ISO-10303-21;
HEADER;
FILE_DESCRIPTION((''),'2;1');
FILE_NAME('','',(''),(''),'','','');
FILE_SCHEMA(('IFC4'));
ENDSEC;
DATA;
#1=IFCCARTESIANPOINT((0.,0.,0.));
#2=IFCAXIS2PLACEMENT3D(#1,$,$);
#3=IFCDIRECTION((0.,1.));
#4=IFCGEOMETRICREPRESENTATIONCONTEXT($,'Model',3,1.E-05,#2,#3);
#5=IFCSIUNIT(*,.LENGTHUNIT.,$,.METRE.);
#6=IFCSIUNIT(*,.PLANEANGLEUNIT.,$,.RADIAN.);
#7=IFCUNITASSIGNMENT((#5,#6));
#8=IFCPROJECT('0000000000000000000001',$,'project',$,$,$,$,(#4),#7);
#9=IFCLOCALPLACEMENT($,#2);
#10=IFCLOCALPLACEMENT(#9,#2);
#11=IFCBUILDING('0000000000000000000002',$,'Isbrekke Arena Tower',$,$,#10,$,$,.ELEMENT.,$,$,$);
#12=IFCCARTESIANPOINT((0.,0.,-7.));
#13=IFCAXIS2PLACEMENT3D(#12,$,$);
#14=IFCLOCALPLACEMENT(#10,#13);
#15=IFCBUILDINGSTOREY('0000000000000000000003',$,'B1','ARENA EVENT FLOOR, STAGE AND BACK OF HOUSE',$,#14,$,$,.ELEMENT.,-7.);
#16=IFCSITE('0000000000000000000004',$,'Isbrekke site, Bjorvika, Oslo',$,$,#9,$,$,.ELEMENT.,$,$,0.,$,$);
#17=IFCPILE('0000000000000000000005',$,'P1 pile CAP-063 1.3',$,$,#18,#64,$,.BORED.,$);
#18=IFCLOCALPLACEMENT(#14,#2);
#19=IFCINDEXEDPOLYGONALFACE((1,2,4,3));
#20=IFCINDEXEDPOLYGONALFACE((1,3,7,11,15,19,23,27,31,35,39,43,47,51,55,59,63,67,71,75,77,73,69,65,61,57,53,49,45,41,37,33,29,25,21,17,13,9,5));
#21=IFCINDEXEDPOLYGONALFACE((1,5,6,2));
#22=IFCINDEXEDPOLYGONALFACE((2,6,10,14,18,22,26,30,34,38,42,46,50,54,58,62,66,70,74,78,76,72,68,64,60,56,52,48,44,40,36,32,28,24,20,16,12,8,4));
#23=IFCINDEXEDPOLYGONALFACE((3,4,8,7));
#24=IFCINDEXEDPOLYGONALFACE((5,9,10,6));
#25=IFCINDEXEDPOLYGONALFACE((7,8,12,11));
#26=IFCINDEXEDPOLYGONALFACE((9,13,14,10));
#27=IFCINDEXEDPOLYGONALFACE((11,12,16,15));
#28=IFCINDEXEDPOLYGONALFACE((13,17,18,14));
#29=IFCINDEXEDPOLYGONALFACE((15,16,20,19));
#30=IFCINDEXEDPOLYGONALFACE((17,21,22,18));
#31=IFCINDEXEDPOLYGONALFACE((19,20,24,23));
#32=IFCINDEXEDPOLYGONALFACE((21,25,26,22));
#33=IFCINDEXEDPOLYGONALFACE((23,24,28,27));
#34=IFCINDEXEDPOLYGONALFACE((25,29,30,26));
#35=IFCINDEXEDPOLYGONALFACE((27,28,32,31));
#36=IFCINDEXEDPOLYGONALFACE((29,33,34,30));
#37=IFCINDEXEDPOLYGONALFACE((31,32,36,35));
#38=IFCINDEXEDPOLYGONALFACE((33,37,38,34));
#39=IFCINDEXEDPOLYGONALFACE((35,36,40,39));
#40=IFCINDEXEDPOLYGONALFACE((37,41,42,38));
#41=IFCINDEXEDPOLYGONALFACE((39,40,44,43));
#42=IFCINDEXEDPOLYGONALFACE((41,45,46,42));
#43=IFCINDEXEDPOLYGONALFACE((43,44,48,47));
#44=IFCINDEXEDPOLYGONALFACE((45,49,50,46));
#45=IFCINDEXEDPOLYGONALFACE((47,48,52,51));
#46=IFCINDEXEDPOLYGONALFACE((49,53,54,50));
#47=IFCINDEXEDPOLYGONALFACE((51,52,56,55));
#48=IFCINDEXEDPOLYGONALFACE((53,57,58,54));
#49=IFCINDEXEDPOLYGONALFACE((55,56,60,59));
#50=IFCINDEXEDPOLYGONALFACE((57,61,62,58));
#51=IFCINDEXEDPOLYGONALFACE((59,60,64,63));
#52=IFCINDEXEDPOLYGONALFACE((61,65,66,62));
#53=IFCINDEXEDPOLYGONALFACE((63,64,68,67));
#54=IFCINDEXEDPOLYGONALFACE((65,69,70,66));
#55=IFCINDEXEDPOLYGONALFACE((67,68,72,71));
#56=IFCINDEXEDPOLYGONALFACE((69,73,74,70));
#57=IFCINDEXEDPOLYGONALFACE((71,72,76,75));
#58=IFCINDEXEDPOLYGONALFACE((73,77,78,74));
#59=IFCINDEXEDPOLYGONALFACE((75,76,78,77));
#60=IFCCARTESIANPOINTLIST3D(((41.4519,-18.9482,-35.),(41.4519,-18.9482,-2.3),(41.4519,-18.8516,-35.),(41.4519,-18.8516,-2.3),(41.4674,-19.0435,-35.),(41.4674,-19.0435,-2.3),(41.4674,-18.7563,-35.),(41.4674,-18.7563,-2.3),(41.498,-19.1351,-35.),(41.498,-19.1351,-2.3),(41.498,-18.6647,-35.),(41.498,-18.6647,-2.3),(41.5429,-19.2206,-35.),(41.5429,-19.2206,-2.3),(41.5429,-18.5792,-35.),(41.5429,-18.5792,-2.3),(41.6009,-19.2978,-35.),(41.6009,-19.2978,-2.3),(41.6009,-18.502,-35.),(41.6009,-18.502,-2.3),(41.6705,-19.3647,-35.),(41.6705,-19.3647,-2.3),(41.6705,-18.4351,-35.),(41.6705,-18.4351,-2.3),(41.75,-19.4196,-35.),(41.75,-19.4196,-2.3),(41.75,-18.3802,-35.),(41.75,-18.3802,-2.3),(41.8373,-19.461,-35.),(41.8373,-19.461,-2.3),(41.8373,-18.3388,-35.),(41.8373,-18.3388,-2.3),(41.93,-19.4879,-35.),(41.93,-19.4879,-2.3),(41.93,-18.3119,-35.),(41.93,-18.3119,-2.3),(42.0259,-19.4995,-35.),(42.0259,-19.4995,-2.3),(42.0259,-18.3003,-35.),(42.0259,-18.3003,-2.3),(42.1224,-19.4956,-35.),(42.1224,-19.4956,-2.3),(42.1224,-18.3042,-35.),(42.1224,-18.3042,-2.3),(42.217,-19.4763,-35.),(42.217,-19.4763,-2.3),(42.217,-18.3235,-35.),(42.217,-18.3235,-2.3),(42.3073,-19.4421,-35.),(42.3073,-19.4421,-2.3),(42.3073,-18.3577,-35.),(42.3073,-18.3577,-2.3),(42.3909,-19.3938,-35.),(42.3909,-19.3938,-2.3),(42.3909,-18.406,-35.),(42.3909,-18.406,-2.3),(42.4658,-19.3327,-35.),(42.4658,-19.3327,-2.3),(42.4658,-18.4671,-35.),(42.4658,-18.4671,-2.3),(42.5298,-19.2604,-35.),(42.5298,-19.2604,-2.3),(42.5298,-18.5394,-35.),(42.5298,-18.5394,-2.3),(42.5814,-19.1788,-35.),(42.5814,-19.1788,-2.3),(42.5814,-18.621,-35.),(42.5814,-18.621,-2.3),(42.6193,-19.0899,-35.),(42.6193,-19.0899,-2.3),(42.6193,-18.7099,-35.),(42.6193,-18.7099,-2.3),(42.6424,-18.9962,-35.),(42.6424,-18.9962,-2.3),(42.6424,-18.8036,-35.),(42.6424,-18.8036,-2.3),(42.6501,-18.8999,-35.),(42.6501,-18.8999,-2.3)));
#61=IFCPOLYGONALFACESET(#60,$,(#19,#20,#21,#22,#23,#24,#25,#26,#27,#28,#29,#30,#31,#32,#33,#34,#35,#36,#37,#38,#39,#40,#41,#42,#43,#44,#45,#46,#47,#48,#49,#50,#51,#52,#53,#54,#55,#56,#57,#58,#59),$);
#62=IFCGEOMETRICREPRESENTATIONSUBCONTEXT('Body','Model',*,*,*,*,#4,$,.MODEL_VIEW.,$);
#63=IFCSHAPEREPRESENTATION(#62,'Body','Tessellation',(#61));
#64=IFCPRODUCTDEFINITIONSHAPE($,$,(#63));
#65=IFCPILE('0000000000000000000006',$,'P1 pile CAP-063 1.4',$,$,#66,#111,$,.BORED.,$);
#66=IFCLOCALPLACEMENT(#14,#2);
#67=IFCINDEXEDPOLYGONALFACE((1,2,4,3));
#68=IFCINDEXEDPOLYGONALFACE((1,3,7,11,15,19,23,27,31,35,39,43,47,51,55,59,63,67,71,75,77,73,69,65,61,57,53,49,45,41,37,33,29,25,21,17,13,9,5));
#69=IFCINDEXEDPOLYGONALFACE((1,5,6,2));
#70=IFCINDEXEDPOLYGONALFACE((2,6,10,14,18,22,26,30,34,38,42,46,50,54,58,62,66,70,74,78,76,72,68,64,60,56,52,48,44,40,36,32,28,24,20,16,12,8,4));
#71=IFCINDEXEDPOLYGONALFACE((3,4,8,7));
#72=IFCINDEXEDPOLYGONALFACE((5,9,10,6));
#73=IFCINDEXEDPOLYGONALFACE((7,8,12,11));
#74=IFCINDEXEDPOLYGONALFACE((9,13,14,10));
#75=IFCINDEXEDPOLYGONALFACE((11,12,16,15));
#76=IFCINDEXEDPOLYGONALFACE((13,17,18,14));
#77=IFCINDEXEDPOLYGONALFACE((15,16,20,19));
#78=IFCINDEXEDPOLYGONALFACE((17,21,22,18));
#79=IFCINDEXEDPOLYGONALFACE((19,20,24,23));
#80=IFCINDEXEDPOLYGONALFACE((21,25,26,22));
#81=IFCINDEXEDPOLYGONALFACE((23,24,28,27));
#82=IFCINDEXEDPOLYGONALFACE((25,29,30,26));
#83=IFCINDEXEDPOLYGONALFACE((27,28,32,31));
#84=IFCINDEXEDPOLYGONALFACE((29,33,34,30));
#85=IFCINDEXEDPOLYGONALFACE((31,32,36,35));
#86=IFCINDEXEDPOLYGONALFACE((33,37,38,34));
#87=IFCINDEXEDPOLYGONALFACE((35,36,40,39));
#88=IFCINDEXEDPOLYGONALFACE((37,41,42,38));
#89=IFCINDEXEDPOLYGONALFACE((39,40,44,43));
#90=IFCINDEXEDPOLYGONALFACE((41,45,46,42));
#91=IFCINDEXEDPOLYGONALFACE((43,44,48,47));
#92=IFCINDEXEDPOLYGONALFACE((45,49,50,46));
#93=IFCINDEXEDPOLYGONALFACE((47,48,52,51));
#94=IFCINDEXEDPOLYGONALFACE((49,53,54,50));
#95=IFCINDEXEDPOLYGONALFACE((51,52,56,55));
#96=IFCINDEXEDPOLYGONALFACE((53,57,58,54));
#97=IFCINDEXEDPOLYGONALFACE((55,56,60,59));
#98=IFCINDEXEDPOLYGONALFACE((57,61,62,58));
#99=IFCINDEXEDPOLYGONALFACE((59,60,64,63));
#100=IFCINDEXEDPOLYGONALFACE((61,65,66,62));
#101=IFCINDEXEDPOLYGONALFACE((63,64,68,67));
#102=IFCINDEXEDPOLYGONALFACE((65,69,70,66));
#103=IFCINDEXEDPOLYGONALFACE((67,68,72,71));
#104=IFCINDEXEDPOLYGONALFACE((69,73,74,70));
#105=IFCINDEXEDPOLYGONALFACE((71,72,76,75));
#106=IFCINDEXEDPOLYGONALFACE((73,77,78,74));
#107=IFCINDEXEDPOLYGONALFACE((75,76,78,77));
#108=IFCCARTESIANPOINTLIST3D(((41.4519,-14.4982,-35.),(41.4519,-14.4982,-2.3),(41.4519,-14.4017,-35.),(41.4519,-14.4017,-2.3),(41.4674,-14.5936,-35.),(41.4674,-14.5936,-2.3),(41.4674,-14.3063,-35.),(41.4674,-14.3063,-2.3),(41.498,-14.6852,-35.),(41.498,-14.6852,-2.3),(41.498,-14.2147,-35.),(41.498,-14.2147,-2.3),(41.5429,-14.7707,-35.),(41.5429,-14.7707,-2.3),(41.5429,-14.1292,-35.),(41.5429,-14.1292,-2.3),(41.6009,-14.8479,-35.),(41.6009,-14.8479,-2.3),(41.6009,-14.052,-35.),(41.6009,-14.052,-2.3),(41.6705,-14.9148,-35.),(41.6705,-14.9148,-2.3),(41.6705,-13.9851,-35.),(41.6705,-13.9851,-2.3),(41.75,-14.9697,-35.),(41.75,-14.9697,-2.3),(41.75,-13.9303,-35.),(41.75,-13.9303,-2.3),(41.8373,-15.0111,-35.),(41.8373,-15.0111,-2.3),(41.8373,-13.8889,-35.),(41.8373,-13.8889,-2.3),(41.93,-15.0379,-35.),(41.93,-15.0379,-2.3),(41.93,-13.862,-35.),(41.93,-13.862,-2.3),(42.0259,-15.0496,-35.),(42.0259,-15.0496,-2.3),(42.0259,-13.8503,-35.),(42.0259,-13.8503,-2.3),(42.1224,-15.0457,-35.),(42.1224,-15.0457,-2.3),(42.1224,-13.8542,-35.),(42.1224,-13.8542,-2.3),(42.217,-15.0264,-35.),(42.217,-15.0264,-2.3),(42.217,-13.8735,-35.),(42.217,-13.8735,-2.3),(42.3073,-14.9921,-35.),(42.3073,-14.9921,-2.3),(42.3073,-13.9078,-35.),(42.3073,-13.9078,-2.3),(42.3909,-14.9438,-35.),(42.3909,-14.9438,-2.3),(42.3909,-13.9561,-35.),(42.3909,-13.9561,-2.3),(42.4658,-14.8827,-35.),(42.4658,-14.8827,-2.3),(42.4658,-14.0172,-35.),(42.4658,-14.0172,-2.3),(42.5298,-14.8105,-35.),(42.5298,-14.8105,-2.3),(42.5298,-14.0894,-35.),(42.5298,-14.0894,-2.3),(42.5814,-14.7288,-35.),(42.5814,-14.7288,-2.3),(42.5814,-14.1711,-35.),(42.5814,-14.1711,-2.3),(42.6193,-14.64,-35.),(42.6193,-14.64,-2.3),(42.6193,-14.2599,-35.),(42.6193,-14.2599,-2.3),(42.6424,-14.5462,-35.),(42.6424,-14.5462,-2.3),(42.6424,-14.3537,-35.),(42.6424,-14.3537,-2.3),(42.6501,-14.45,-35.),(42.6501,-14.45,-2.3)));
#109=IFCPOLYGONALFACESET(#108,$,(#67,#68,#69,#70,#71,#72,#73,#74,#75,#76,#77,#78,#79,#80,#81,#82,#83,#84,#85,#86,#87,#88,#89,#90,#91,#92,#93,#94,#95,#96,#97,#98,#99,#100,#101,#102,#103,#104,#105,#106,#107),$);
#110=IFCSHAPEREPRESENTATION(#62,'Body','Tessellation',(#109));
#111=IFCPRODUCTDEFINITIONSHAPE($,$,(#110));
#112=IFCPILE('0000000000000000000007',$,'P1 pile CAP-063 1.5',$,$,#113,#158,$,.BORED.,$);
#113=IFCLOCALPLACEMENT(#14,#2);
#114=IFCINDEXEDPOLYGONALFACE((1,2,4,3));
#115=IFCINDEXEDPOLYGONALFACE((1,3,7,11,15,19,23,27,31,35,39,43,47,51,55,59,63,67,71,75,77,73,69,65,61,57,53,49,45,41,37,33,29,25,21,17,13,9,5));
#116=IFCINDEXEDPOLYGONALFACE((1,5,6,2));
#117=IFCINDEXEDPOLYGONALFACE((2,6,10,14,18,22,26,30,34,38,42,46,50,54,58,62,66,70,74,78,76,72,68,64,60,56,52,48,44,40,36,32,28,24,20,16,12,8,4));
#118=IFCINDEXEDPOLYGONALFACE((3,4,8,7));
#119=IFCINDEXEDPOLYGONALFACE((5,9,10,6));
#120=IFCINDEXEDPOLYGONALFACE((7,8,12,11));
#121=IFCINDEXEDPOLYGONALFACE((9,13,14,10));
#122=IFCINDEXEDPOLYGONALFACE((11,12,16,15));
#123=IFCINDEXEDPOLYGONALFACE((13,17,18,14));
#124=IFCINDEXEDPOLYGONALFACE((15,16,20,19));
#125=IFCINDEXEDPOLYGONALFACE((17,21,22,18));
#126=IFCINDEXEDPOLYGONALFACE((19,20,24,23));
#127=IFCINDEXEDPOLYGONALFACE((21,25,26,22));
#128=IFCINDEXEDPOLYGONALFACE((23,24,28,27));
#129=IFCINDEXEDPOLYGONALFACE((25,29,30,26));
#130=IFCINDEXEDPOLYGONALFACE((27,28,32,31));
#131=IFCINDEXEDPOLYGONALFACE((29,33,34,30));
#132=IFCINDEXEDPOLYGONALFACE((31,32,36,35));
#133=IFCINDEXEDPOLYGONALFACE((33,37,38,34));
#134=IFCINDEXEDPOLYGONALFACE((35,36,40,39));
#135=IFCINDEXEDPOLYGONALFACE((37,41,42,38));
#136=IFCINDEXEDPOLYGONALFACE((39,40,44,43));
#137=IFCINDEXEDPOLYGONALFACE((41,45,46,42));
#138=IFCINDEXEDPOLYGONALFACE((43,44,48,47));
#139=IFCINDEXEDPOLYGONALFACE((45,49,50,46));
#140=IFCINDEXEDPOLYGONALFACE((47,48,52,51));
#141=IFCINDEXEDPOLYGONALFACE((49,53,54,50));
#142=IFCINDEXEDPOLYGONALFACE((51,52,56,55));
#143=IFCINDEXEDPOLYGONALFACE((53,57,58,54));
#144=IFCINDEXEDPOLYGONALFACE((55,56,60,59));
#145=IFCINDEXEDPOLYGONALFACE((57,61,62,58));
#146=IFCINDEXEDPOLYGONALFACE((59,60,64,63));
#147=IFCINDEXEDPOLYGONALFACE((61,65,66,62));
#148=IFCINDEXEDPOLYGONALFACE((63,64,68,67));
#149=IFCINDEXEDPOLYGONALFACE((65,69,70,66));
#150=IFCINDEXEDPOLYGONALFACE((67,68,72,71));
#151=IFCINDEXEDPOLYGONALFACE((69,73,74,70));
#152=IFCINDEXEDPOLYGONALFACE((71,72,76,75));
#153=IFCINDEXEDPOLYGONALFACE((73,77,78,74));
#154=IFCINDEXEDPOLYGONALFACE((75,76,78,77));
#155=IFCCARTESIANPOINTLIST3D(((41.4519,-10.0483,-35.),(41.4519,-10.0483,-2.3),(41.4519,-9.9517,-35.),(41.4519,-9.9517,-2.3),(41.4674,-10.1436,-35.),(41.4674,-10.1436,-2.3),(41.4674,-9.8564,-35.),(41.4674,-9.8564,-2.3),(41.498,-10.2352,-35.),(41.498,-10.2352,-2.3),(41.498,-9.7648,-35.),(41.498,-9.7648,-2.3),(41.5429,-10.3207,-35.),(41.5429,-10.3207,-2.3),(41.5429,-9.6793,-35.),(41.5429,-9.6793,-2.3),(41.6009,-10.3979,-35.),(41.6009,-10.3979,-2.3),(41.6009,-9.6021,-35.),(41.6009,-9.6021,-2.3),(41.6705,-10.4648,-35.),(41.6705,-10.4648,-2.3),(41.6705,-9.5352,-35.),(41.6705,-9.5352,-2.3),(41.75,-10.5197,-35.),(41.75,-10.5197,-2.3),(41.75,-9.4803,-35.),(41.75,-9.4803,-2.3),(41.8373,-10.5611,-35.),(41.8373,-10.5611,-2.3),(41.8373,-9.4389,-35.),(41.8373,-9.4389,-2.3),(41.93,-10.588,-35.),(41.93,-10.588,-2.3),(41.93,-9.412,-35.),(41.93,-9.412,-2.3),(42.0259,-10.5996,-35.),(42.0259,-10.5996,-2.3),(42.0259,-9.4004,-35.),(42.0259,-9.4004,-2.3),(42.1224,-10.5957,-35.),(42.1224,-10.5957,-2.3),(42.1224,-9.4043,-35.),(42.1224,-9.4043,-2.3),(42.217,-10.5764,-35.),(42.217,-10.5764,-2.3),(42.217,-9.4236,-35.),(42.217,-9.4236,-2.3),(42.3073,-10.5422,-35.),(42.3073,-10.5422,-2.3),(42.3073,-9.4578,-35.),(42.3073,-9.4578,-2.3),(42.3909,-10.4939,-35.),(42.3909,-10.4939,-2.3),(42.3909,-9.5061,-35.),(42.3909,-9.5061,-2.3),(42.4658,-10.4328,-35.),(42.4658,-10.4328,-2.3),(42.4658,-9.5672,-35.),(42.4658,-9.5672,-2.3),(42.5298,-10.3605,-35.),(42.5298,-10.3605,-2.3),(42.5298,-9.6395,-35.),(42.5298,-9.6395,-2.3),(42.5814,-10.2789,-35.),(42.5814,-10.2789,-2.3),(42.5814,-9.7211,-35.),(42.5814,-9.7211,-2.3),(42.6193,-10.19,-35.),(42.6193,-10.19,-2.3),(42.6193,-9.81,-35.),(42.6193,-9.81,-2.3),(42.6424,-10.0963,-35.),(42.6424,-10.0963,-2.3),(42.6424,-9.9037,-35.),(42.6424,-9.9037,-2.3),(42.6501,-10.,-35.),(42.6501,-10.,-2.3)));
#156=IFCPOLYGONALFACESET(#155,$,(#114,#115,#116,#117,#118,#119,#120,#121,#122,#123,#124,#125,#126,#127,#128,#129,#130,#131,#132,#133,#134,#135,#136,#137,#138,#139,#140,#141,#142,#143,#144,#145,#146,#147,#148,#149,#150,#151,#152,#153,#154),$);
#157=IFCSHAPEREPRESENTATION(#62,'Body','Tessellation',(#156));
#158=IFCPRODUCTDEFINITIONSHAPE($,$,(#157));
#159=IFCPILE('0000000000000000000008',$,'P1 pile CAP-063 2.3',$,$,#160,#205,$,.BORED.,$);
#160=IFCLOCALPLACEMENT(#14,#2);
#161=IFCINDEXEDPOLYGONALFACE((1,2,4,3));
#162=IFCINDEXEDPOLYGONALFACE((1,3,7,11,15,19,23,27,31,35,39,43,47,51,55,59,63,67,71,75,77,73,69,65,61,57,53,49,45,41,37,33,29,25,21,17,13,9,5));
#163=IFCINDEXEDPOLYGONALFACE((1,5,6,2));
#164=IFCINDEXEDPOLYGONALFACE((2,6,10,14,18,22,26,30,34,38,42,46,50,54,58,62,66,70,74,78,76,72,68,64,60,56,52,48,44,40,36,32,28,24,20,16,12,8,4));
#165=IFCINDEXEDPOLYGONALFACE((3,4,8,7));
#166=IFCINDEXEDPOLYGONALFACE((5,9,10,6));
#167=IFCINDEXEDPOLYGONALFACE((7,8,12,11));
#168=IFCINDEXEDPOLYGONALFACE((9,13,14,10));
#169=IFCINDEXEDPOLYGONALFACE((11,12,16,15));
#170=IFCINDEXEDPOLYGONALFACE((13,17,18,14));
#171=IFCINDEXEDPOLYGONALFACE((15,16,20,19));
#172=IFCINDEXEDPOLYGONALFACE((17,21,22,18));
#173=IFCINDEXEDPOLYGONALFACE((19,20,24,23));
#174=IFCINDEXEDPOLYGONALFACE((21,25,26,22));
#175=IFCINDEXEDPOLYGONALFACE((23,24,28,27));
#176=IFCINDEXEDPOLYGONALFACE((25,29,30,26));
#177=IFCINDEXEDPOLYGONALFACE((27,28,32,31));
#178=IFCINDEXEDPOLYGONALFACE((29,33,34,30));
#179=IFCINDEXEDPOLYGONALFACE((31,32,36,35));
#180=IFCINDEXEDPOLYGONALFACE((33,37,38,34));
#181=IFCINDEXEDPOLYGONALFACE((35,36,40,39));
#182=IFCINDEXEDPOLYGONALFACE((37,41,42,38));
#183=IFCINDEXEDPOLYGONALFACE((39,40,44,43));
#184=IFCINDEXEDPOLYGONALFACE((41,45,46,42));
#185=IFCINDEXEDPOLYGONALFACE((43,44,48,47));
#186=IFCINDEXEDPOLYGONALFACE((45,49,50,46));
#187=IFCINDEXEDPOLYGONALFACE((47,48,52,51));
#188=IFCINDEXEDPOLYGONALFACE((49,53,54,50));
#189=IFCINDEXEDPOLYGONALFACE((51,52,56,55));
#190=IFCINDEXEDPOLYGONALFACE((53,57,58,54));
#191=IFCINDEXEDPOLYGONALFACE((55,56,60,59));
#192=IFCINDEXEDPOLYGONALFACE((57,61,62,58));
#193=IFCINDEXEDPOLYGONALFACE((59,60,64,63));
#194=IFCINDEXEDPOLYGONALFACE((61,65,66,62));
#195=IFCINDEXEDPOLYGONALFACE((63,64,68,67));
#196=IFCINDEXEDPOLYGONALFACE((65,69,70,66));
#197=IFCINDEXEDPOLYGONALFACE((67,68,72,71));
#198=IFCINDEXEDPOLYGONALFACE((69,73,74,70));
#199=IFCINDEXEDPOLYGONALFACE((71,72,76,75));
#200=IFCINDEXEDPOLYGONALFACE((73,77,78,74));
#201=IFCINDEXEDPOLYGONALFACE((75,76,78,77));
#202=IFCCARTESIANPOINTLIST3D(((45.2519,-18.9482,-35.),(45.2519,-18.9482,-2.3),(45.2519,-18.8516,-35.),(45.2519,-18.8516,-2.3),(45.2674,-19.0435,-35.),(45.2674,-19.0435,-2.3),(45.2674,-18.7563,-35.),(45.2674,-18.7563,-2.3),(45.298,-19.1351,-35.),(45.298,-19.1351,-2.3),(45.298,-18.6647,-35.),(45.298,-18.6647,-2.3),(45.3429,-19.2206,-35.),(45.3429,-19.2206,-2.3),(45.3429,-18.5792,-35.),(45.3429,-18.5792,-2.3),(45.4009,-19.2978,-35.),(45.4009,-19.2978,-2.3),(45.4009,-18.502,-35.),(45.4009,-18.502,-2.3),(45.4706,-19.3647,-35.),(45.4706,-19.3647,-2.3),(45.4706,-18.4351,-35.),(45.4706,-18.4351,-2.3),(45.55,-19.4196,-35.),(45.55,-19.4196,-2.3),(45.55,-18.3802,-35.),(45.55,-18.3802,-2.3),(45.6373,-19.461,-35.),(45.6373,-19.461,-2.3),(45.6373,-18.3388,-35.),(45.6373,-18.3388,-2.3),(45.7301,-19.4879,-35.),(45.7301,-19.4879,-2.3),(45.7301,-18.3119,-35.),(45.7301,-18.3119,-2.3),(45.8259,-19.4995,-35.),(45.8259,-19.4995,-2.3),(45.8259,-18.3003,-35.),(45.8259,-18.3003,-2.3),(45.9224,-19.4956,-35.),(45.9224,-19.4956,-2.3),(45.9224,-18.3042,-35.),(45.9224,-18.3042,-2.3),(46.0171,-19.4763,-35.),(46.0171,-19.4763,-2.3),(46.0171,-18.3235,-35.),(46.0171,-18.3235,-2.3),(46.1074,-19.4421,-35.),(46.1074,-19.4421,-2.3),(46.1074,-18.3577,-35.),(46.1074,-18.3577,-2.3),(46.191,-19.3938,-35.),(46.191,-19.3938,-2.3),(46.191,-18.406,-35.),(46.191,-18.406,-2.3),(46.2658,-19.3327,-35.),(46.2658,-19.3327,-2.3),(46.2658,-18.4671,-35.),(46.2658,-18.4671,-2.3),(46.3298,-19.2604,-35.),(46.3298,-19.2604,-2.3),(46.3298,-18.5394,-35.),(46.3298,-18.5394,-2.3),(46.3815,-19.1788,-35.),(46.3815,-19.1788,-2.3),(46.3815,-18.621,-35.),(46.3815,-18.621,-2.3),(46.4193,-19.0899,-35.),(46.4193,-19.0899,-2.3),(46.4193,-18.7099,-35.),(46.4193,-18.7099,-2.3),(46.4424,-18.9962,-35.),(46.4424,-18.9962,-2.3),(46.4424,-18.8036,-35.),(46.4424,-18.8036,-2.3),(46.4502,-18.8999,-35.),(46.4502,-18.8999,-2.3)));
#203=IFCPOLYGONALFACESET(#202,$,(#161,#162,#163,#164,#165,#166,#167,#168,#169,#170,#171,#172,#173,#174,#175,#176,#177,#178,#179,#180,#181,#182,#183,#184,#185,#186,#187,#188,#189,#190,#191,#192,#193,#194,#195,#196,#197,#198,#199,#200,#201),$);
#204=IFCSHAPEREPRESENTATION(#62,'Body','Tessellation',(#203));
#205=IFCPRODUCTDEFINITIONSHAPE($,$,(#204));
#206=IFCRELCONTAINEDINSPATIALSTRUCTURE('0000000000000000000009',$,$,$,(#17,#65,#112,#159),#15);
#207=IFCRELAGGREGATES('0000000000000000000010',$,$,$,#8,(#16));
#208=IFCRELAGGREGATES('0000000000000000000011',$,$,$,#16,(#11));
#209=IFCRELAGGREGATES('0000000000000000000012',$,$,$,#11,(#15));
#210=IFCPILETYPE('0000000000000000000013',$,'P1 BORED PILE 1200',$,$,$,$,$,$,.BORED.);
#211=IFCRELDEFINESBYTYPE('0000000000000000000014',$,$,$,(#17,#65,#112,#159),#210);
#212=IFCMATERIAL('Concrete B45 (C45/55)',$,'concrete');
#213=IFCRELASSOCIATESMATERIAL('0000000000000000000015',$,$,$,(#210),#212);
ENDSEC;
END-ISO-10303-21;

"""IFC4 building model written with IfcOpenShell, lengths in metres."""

from ifc_helpers import new_model, si_unit, direction, frame, origin, origin_2d, place, context, subcontext, project, spatial, circle, extrude, material, material_profile, profile_set, type_object, element, save


model = new_model("IFC4")

# Units and contexts
model_context = context("Model", 3, precision=1e-05, world=origin(), true_north=direction((0.0, 1.0)))
body_context = subcontext(model_context, "Body", "Model", "MODEL_VIEW")
ifc_project = project(units=[si_unit("LENGTHUNIT", "METRE"), si_unit("PLANEANGLEUNIT", "RADIAN")], contexts=[model_context])

# Site, building, storey
site_placement = place(None, origin())
site = spatial("IfcSite", under=ifc_project, at=site_placement, Name="Isbrekke site, Bjorvika, Oslo", CompositionType="ELEMENT", RefElevation=0.0)
building_placement = place(site_placement, origin())
building = spatial("IfcBuilding", under=site, at=building_placement, Name="Isbrekke Arena Tower", CompositionType="ELEMENT")
storey_placement = place(building_placement, frame((0.0, 0.0, -7.0)))
storey = spatial("IfcBuildingStorey", under=building, at=storey_placement, Name="B1", Description="ARENA EVENT FLOOR, STAGE AND BACK OF HOUSE", CompositionType="ELEMENT", Elevation=-7.0)

# Piles
ifc_material_1 = material(Name="Concrete B45 (C45/55)", Category="concrete")
ifc_material_profile_1 = material_profile(ifc_material_1, circle(Radius=0.6001, at=origin_2d()), Name="BORED PILE D1200")
ifc_profile_set_1 = profile_set([ifc_material_profile_1], Name="Concrete B45 (C45/55)")
pile_type = type_object("IfcPileType", Name="P1 BORED PILE 1200", PredefinedType="BORED", material=ifc_profile_set_1)
for number, where, z_axis, x_axis, name in (
    (1, (42.05, -18.8999, -2.3), (0.0, 0.0, -1.0), (1.0, 0.0, 0.0), "P1 pile CAP-063 1.3"),
    (2, (42.05, -14.45, -2.3), (0.0, 0.0, -1.0), (1.0, 0.0, 0.0), "P1 pile CAP-063 1.4"),
    (3, (42.05, -10.0, -2.3), (0.0, 0.0, -1.0), (1.0, 0.0, 0.0), "P1 pile CAP-063 1.5"),
    (4, (45.8501, -18.8999, -2.3), (0.0, 0.0, -1.0), (1.0, 0.0, 0.0), "P1 pile CAP-063 2.3"),
):
    element("IfcPile", number, at=place(storey_placement, frame(where, z_axis=z_axis, x_axis=x_axis)), inside=storey, type_object=pile_type, Name=name, PredefinedType="BORED", context=body_context, shape_type="SweptSolid", body=[
        extrude(circle(Radius=0.6001, at=origin_2d()), origin(), (0.0, 0.0, 1.0), 32.7),
    ])

save(model, "model.ifc")
